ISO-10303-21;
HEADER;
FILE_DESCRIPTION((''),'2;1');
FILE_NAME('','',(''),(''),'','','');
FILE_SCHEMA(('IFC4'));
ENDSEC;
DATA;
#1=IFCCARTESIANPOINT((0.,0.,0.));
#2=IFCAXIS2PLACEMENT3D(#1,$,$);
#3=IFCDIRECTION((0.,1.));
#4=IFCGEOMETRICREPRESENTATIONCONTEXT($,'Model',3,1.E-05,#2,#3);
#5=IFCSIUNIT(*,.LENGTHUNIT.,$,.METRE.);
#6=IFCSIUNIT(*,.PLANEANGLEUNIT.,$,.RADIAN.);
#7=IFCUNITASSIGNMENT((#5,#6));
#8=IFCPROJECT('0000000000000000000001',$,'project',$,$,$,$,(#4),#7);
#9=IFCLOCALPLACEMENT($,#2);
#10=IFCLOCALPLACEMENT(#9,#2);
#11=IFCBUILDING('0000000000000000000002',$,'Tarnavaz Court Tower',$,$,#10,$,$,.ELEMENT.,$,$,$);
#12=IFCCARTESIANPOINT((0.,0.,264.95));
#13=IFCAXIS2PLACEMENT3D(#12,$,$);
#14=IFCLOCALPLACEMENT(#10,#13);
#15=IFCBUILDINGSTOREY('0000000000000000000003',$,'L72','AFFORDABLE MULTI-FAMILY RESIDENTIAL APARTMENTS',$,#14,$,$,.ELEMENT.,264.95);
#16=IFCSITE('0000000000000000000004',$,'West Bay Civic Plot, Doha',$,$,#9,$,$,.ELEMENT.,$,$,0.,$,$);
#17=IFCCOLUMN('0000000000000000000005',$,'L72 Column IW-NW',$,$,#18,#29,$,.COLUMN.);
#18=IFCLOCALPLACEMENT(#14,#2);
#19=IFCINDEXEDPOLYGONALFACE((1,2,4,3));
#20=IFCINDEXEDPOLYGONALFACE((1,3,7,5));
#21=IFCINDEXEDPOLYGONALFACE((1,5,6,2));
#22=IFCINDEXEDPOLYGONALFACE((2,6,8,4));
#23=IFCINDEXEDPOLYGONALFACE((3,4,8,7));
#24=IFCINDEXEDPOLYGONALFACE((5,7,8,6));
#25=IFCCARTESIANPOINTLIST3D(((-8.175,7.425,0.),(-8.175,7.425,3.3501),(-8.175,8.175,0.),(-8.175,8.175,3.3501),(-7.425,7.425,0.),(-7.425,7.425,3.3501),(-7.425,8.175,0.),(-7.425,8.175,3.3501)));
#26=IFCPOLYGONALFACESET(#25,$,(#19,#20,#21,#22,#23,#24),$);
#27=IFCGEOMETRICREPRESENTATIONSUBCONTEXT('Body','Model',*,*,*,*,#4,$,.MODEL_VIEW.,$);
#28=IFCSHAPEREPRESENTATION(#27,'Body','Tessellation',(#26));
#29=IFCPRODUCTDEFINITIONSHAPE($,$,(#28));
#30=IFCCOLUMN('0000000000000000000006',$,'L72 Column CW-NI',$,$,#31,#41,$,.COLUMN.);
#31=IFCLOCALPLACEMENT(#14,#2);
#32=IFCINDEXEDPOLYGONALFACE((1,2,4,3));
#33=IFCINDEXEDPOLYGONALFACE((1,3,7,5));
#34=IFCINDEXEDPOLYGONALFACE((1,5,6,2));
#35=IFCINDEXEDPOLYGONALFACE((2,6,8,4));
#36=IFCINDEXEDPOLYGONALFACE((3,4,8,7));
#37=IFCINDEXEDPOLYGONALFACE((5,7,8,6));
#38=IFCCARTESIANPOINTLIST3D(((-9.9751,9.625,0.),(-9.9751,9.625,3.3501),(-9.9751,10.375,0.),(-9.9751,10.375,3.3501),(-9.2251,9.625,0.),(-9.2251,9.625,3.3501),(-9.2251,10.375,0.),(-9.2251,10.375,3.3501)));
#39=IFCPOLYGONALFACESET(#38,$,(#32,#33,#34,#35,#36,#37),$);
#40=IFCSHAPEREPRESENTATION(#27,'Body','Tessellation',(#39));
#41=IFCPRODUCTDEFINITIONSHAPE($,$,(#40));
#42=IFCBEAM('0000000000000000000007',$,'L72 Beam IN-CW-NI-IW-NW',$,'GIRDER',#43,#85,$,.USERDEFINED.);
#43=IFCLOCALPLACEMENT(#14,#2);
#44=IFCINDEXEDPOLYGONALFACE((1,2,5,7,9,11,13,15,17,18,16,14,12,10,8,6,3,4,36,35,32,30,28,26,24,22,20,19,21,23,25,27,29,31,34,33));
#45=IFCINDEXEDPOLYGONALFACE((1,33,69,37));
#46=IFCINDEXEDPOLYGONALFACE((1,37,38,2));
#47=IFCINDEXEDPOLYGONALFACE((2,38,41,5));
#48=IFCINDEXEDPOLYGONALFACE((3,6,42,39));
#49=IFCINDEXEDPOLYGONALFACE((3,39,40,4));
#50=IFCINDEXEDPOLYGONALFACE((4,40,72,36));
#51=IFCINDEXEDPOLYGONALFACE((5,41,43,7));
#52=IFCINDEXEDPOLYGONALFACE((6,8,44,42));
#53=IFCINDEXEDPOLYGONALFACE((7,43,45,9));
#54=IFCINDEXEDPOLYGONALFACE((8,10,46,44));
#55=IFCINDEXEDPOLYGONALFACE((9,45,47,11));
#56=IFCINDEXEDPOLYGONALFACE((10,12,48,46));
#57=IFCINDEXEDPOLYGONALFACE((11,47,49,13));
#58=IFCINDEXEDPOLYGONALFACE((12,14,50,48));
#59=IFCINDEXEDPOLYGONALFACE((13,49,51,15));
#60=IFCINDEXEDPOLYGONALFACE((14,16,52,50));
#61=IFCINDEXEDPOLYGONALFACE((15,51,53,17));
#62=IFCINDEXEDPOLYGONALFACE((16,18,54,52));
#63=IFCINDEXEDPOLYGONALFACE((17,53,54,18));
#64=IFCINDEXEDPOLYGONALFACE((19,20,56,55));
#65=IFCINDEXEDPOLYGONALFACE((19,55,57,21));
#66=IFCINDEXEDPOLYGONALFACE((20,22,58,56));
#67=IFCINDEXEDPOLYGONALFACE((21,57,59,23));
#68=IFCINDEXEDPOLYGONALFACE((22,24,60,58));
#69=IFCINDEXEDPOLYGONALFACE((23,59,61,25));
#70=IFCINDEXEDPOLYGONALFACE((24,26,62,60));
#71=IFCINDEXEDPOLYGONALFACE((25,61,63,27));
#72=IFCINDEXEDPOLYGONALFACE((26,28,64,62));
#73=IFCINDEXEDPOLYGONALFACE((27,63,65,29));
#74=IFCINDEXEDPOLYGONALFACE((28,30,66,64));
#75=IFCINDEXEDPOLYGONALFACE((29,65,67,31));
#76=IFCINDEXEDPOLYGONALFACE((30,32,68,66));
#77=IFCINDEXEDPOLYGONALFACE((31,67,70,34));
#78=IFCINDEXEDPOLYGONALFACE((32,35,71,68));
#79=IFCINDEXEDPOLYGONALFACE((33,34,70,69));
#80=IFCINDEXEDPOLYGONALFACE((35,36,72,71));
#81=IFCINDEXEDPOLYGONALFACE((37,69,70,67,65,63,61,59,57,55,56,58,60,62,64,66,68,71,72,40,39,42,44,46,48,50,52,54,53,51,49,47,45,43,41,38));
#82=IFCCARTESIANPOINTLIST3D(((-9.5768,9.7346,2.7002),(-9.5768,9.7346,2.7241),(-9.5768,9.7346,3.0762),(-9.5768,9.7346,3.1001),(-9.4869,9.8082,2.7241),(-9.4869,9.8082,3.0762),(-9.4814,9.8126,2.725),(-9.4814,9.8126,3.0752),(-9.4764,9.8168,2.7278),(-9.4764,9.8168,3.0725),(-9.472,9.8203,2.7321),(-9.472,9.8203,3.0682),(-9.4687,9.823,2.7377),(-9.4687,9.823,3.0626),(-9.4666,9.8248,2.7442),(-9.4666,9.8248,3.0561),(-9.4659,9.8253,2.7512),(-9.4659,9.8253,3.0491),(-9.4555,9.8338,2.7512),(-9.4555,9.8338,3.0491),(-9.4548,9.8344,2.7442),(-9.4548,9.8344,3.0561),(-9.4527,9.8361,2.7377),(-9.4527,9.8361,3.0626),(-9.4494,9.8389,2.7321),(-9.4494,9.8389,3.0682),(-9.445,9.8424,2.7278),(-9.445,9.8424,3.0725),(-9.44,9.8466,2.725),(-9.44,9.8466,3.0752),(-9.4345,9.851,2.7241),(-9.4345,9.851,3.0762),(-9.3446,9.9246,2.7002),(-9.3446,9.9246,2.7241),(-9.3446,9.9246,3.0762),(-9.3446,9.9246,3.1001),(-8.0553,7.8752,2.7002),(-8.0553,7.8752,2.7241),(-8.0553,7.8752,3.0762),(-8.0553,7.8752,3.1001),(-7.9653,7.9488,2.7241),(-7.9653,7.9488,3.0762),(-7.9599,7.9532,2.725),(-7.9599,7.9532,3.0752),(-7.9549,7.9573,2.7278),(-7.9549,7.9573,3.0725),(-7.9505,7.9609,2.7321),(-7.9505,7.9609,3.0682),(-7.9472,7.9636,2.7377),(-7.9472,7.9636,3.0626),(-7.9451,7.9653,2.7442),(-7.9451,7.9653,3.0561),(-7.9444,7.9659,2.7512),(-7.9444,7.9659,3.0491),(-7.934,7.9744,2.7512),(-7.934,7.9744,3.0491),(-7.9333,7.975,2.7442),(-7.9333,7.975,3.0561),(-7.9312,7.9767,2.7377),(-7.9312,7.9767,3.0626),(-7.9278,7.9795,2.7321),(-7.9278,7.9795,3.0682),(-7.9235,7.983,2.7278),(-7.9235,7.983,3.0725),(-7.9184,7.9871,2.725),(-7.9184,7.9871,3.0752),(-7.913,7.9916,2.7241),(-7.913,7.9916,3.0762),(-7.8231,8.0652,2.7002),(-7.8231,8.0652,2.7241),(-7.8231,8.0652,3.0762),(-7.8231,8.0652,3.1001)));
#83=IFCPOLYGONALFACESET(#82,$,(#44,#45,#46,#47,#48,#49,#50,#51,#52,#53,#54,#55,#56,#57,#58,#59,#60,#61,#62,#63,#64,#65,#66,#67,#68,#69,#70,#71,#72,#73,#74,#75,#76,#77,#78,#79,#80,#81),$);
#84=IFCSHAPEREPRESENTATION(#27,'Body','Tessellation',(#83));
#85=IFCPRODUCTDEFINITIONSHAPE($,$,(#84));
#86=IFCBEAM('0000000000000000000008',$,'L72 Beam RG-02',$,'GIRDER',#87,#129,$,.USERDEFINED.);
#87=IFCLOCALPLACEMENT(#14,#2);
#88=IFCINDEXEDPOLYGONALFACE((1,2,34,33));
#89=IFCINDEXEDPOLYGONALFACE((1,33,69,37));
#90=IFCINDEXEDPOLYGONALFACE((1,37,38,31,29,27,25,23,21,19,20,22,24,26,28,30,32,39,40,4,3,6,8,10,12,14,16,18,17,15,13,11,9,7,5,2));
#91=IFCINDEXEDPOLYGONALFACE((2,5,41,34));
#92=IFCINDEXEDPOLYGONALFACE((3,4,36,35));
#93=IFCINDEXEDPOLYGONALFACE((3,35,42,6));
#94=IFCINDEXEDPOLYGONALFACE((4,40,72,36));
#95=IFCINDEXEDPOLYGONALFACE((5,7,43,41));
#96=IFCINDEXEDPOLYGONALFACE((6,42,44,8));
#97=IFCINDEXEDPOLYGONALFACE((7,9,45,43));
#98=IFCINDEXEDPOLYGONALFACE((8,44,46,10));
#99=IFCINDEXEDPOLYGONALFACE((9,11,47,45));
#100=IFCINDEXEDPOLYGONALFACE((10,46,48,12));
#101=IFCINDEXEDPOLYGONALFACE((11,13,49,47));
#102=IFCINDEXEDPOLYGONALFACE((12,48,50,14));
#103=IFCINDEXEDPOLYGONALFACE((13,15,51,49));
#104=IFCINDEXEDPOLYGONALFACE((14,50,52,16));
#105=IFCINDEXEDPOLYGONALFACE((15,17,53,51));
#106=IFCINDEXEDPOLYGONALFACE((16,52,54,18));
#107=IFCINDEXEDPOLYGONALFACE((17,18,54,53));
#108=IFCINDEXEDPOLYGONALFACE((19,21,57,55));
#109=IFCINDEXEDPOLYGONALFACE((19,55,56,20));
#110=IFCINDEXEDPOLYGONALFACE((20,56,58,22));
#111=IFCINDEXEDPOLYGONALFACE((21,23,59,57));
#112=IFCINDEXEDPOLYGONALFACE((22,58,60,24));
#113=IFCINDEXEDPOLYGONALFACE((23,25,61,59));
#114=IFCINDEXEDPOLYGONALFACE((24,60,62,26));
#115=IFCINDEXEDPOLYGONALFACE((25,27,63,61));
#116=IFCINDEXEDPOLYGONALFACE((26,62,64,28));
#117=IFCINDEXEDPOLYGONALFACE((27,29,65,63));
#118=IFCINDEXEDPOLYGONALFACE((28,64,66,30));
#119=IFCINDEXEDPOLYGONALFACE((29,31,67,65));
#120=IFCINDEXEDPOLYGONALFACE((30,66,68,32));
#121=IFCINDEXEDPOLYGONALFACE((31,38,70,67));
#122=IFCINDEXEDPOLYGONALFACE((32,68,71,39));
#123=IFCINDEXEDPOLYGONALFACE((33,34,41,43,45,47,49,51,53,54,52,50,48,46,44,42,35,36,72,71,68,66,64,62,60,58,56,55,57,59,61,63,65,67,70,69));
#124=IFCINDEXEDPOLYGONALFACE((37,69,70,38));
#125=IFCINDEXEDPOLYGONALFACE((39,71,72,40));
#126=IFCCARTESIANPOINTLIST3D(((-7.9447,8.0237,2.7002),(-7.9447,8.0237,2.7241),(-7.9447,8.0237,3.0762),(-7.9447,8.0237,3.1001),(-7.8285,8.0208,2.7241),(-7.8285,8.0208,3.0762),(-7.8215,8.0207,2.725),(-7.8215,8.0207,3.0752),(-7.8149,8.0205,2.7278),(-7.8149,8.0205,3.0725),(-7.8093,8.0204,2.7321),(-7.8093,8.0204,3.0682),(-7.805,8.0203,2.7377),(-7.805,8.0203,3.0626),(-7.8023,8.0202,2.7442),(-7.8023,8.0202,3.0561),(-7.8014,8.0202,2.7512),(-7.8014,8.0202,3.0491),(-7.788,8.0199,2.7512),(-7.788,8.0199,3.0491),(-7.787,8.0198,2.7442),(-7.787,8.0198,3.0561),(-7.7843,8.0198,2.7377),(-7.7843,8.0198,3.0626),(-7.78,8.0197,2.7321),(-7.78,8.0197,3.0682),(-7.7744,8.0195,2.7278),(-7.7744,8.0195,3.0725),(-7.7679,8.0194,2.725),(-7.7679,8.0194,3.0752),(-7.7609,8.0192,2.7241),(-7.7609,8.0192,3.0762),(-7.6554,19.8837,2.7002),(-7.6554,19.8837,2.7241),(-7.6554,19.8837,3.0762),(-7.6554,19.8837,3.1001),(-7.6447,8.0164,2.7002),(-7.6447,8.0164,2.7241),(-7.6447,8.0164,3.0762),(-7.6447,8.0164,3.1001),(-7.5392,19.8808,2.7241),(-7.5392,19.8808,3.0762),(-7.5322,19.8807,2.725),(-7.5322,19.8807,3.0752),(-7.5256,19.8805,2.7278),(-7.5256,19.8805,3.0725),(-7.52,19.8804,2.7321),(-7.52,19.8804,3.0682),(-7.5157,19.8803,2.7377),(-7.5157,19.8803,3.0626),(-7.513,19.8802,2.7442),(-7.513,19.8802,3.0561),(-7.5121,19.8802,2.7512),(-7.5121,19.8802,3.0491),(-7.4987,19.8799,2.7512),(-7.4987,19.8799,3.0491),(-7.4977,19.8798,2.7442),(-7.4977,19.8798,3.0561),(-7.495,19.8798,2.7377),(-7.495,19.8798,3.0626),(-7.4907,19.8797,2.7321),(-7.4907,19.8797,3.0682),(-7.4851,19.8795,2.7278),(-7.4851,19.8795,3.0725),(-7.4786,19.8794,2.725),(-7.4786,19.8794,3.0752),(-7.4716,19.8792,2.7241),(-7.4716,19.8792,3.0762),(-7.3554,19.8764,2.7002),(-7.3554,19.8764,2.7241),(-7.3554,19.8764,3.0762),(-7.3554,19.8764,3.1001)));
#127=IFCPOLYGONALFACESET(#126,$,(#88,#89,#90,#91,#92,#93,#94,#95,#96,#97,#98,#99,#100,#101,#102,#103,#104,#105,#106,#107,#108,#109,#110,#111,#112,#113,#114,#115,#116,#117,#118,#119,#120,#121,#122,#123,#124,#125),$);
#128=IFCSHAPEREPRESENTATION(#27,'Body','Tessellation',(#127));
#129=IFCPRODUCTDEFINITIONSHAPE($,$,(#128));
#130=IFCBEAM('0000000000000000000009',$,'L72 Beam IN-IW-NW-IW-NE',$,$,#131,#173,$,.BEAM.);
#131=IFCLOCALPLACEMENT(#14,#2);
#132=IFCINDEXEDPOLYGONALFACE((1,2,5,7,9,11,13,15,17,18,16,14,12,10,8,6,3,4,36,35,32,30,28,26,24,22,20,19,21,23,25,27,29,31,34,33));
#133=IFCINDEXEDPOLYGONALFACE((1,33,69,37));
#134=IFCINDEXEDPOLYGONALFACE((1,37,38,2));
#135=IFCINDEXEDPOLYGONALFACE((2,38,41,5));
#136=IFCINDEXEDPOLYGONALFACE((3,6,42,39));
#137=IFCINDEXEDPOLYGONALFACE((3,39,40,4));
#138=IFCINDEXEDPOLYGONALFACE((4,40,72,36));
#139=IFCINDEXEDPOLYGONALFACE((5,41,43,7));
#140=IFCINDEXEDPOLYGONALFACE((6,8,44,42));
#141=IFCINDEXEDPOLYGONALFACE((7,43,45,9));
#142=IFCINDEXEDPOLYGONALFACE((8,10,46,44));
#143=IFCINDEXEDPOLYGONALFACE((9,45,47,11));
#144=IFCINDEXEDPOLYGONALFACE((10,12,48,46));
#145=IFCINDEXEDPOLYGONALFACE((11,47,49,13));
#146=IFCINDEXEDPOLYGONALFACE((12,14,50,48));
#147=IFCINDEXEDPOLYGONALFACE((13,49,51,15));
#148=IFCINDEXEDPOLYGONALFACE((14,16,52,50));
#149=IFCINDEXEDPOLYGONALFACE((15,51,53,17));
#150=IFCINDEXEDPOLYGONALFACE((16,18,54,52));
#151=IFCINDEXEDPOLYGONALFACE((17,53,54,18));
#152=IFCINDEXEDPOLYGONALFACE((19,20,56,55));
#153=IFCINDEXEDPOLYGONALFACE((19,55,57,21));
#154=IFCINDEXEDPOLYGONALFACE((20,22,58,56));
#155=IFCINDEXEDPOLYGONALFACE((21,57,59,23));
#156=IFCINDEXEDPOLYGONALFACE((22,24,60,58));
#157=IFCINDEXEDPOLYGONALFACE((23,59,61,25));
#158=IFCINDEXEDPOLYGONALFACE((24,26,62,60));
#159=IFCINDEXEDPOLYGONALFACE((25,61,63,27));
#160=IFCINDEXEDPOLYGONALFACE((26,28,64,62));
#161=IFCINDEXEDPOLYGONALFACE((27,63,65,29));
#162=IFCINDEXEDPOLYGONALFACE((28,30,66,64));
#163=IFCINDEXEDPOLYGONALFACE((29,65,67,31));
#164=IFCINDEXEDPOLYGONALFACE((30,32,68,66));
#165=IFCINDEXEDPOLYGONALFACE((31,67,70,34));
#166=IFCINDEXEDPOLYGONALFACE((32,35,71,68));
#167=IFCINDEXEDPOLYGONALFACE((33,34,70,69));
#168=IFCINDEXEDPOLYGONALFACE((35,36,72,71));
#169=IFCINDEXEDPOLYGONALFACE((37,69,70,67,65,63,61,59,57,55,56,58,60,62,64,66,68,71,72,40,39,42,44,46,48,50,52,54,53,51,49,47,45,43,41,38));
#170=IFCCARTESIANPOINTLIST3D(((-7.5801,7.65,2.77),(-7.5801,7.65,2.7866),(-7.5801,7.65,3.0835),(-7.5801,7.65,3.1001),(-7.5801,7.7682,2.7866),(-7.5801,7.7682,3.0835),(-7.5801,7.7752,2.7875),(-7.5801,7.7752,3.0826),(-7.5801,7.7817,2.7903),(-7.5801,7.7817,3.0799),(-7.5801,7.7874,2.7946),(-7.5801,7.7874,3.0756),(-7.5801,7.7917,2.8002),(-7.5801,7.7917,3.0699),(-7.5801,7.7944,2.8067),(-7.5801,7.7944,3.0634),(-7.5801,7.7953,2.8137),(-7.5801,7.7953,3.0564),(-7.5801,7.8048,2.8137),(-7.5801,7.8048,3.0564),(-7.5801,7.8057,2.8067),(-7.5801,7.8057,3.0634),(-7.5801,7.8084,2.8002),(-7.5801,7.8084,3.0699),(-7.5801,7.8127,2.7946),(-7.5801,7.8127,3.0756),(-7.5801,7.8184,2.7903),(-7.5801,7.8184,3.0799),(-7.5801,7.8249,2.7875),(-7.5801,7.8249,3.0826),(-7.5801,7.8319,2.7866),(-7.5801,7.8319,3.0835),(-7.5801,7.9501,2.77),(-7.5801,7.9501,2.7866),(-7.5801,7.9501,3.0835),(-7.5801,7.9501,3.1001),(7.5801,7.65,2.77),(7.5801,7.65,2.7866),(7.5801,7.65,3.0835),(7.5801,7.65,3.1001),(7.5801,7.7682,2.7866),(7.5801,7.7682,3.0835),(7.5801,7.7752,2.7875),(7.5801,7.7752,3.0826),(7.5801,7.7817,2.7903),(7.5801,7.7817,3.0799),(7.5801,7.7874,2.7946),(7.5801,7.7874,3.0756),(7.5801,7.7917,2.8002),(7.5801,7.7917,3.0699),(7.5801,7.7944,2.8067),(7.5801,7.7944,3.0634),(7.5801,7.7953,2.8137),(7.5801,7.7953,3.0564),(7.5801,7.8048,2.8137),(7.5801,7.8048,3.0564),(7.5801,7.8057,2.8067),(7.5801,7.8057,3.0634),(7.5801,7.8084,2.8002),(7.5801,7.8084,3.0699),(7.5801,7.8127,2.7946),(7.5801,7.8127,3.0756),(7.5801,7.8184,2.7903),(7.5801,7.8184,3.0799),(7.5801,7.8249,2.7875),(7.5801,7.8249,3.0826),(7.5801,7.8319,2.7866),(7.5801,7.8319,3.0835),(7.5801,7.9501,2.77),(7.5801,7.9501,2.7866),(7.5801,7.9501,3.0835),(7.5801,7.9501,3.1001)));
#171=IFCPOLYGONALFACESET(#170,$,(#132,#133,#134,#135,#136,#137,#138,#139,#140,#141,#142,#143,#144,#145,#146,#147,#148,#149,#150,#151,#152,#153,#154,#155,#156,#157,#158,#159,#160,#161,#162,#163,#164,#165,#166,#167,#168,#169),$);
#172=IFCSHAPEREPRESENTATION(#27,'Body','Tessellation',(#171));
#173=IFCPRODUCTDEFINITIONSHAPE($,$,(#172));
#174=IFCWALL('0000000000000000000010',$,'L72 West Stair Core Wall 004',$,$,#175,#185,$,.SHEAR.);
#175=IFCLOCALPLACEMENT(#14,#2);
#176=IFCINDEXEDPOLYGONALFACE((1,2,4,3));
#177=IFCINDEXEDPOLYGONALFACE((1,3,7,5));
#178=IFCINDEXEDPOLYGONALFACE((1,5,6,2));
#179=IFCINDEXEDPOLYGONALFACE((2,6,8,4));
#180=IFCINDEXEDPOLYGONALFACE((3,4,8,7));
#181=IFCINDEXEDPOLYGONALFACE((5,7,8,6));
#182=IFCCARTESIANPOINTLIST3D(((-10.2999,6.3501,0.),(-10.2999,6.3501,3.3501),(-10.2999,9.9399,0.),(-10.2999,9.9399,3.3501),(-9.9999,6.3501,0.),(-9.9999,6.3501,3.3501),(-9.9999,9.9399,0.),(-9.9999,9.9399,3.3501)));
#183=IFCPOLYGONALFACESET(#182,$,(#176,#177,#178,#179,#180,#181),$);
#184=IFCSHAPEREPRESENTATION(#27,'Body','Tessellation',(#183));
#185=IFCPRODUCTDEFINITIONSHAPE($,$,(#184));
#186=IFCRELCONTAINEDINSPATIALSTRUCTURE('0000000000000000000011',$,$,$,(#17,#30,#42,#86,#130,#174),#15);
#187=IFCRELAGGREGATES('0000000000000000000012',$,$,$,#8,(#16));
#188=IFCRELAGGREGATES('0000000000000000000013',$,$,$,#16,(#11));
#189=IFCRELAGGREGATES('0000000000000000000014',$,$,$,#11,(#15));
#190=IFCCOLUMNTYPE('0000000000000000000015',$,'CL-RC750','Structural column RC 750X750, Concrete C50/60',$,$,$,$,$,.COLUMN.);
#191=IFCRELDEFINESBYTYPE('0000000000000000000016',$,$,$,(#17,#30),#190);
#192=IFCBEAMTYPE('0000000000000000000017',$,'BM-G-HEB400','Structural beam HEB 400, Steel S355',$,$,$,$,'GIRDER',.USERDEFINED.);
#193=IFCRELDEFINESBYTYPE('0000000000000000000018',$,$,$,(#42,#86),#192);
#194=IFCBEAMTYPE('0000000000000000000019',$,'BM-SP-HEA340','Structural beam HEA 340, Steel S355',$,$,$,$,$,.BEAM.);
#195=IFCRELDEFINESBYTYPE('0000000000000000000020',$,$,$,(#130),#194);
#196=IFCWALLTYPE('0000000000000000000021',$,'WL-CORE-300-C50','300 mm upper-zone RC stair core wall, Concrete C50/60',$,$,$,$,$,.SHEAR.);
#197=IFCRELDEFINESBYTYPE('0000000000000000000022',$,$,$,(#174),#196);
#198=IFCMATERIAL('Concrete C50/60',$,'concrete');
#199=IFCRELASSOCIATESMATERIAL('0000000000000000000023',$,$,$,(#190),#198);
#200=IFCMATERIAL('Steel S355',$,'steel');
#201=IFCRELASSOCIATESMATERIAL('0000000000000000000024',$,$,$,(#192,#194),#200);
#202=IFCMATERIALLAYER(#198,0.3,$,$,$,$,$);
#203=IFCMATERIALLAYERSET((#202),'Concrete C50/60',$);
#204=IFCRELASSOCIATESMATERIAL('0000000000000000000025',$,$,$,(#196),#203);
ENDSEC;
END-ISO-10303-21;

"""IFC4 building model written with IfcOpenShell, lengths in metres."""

from ifc_helpers import new_model, si_unit, direction, frame, frame_2d, origin, origin_2d, place, context, subcontext, project, spatial, rectangle, i_section, extrude, material, layer, layer_set, material_profile, profile_set, type_object, element, save


model = new_model("IFC4")

# Units and contexts
model_context = context("Model", 3, precision=1e-05, world=origin(), true_north=direction((0.0, 1.0)))
body_context = subcontext(model_context, "Body", "Model", "MODEL_VIEW")
ifc_project = project(units=[si_unit("LENGTHUNIT", "METRE"), si_unit("PLANEANGLEUNIT", "RADIAN")], contexts=[model_context])

# Site, building, storey
site_placement = place(None, origin())
site = spatial("IfcSite", under=ifc_project, at=site_placement, Name="West Bay Civic Plot, Doha", CompositionType="ELEMENT", RefElevation=0.0)
building_placement = place(site_placement, origin())
building = spatial("IfcBuilding", under=site, at=building_placement, Name="Tarnavaz Court Tower", CompositionType="ELEMENT")
storey_placement = place(building_placement, frame((0.0, 0.0, 264.95)))
storey = spatial("IfcBuildingStorey", under=building, at=storey_placement, Name="L72", Description="AFFORDABLE MULTI-FAMILY RESIDENTIAL APARTMENTS", CompositionType="ELEMENT", Elevation=264.95)

# Columns
ifc_material_1 = material(Name="Concrete C50/60", Category="concrete")
ifc_material_profile_1 = material_profile(ifc_material_1, rectangle(XDim=0.75, YDim=0.75, at=origin_2d()), Name="RC 750X750")
ifc_profile_set_1 = profile_set([ifc_material_profile_1], Name="Concrete C50/60")
column_type = type_object("IfcColumnType", Name="CL-RC750", Description="Structural column RC 750X750, Concrete C50/60", PredefinedType="COLUMN", material=ifc_profile_set_1)
for number, where, z_axis, x_axis, name in (
    (1, (-7.8, 7.8, 0.0), (0.0, 0.0, 1.0), (1.0, 0.0, 0.0), "L72 Column IW-NW"),
    (2, (-9.6001, 10.0, 0.0), (0.0, 0.0, 1.0), (1.0, 0.0, 0.0), "L72 Column CW-NI"),
):
    element("IfcColumn", number, at=place(storey_placement, frame(where, z_axis=z_axis, x_axis=x_axis)), inside=storey, type_object=column_type, Name=name, PredefinedType="COLUMN", context=body_context, shape_type="SweptSolid", body=[
        extrude(rectangle(XDim=0.75, YDim=0.75, at=origin_2d()), origin(), (0.0, 0.0, 1.0), 3.3501),
    ])

# Beams
ifc_material_2 = material(Name="Steel S355", Category="steel")
ifc_material_profile_2 = material_profile(ifc_material_2, i_section(OverallWidth=0.3, OverallDepth=0.3999, WebThickness=0.0134, FlangeThickness=0.0239, FilletRadius=0.0271, at=origin_2d()), Name="HEB 400")
ifc_profile_set_2 = profile_set([ifc_material_profile_2], Name="Steel S355")
beam_type_1 = type_object("IfcBeamType", Name="BM-G-HEB400", Description="Structural beam HEB 400, Steel S355", ElementType="GIRDER", PredefinedType="USERDEFINED", material=ifc_profile_set_2)
beam_1_placement = place(storey_placement, frame((-9.4607, 9.8296, 2.9001), z_axis=(0.633282, -0.773921, 0.0), x_axis=(0.773921, 0.633282, 0.0)))
element("IfcBeam", 3, at=beam_1_placement, inside=storey, type_object=beam_type_1, Name="L72 Beam IN-CW-NI-IW-NW", ObjectType="GIRDER", PredefinedType="USERDEFINED", context=body_context, shape_type="SweptSolid", body=[
    extrude(i_section(OverallWidth=0.3, OverallDepth=0.3999, WebThickness=0.0134, FlangeThickness=0.0239, FilletRadius=0.0271, at=origin_2d()), origin(), (0.0, 0.0, 1.0), 2.4026),
])
beam_2_placement = place(storey_placement, frame((-7.7947, 8.02, 2.9001), z_axis=(0.024386, 0.999703, 0.0), x_axis=(-0.999703, 0.024386, 0.0)))
element("IfcBeam", 4, at=beam_2_placement, inside=storey, type_object=beam_type_1, Name="L72 Beam RG-02", ObjectType="GIRDER", PredefinedType="USERDEFINED", context=body_context, shape_type="SweptSolid", body=[
    extrude(i_section(OverallWidth=0.3, OverallDepth=0.3999, WebThickness=0.0134, FlangeThickness=0.0239, FilletRadius=0.0271, at=origin_2d()), origin(), (0.0, 0.0, 1.0), 11.8635),
])
ifc_material_profile_3 = material_profile(ifc_material_2, i_section(OverallWidth=0.3, OverallDepth=0.3301, WebThickness=0.0095, FlangeThickness=0.0166, FilletRadius=0.0271, at=origin_2d()), Name="HEA 340")
ifc_profile_set_3 = profile_set([ifc_material_profile_3], Name="Steel S355")
beam_type_2 = type_object("IfcBeamType", Name="BM-SP-HEA340", Description="Structural beam HEA 340, Steel S355", PredefinedType="BEAM", material=ifc_profile_set_3)
beam_3_placement = place(storey_placement, frame((-7.5801, 7.8, 2.9351), z_axis=(1.0, 0.0, 0.0), x_axis=(0.0, 1.0, 0.0)))
element("IfcBeam", 5, at=beam_3_placement, inside=storey, type_object=beam_type_2, Name="L72 Beam IN-IW-NW-IW-NE", PredefinedType="BEAM", context=body_context, shape_type="SweptSolid", body=[
    extrude(i_section(OverallWidth=0.3, OverallDepth=0.3301, WebThickness=0.0095, FlangeThickness=0.0166, FilletRadius=0.0271, at=origin_2d()), origin(), (0.0, 0.0, 1.0), 15.1602),
])

# Wall
ifc_layer_1 = layer(ifc_material_1, 0.3)
ifc_layer_set_1 = layer_set([ifc_layer_1], Name="Concrete C50/60")
wall_type_1 = type_object("IfcWallType", Name="WL-CORE-300-C50", Description="300 mm upper-zone RC stair core wall, Concrete C50/60", PredefinedType="SHEAR", material=ifc_layer_set_1)
wall_1_placement = place(storey_placement, frame((-10.1499, 6.3501, 0.0), z_axis=(0.0, 0.0, 1.0), x_axis=(0.0, 1.0, 0.0)))
element("IfcWall", 6, at=wall_1_placement, inside=storey, type_object=wall_type_1, Name="L72 West Stair Core Wall 004", PredefinedType="SHEAR", context=body_context, shape_type="SweptSolid", body=[
    extrude(rectangle(XDim=3.5898, YDim=0.3, at=frame_2d((1.7949, 0.0))), origin(), (0.0, 0.0, 1.0), 3.3501),
])

save(model, "model.ifc")
